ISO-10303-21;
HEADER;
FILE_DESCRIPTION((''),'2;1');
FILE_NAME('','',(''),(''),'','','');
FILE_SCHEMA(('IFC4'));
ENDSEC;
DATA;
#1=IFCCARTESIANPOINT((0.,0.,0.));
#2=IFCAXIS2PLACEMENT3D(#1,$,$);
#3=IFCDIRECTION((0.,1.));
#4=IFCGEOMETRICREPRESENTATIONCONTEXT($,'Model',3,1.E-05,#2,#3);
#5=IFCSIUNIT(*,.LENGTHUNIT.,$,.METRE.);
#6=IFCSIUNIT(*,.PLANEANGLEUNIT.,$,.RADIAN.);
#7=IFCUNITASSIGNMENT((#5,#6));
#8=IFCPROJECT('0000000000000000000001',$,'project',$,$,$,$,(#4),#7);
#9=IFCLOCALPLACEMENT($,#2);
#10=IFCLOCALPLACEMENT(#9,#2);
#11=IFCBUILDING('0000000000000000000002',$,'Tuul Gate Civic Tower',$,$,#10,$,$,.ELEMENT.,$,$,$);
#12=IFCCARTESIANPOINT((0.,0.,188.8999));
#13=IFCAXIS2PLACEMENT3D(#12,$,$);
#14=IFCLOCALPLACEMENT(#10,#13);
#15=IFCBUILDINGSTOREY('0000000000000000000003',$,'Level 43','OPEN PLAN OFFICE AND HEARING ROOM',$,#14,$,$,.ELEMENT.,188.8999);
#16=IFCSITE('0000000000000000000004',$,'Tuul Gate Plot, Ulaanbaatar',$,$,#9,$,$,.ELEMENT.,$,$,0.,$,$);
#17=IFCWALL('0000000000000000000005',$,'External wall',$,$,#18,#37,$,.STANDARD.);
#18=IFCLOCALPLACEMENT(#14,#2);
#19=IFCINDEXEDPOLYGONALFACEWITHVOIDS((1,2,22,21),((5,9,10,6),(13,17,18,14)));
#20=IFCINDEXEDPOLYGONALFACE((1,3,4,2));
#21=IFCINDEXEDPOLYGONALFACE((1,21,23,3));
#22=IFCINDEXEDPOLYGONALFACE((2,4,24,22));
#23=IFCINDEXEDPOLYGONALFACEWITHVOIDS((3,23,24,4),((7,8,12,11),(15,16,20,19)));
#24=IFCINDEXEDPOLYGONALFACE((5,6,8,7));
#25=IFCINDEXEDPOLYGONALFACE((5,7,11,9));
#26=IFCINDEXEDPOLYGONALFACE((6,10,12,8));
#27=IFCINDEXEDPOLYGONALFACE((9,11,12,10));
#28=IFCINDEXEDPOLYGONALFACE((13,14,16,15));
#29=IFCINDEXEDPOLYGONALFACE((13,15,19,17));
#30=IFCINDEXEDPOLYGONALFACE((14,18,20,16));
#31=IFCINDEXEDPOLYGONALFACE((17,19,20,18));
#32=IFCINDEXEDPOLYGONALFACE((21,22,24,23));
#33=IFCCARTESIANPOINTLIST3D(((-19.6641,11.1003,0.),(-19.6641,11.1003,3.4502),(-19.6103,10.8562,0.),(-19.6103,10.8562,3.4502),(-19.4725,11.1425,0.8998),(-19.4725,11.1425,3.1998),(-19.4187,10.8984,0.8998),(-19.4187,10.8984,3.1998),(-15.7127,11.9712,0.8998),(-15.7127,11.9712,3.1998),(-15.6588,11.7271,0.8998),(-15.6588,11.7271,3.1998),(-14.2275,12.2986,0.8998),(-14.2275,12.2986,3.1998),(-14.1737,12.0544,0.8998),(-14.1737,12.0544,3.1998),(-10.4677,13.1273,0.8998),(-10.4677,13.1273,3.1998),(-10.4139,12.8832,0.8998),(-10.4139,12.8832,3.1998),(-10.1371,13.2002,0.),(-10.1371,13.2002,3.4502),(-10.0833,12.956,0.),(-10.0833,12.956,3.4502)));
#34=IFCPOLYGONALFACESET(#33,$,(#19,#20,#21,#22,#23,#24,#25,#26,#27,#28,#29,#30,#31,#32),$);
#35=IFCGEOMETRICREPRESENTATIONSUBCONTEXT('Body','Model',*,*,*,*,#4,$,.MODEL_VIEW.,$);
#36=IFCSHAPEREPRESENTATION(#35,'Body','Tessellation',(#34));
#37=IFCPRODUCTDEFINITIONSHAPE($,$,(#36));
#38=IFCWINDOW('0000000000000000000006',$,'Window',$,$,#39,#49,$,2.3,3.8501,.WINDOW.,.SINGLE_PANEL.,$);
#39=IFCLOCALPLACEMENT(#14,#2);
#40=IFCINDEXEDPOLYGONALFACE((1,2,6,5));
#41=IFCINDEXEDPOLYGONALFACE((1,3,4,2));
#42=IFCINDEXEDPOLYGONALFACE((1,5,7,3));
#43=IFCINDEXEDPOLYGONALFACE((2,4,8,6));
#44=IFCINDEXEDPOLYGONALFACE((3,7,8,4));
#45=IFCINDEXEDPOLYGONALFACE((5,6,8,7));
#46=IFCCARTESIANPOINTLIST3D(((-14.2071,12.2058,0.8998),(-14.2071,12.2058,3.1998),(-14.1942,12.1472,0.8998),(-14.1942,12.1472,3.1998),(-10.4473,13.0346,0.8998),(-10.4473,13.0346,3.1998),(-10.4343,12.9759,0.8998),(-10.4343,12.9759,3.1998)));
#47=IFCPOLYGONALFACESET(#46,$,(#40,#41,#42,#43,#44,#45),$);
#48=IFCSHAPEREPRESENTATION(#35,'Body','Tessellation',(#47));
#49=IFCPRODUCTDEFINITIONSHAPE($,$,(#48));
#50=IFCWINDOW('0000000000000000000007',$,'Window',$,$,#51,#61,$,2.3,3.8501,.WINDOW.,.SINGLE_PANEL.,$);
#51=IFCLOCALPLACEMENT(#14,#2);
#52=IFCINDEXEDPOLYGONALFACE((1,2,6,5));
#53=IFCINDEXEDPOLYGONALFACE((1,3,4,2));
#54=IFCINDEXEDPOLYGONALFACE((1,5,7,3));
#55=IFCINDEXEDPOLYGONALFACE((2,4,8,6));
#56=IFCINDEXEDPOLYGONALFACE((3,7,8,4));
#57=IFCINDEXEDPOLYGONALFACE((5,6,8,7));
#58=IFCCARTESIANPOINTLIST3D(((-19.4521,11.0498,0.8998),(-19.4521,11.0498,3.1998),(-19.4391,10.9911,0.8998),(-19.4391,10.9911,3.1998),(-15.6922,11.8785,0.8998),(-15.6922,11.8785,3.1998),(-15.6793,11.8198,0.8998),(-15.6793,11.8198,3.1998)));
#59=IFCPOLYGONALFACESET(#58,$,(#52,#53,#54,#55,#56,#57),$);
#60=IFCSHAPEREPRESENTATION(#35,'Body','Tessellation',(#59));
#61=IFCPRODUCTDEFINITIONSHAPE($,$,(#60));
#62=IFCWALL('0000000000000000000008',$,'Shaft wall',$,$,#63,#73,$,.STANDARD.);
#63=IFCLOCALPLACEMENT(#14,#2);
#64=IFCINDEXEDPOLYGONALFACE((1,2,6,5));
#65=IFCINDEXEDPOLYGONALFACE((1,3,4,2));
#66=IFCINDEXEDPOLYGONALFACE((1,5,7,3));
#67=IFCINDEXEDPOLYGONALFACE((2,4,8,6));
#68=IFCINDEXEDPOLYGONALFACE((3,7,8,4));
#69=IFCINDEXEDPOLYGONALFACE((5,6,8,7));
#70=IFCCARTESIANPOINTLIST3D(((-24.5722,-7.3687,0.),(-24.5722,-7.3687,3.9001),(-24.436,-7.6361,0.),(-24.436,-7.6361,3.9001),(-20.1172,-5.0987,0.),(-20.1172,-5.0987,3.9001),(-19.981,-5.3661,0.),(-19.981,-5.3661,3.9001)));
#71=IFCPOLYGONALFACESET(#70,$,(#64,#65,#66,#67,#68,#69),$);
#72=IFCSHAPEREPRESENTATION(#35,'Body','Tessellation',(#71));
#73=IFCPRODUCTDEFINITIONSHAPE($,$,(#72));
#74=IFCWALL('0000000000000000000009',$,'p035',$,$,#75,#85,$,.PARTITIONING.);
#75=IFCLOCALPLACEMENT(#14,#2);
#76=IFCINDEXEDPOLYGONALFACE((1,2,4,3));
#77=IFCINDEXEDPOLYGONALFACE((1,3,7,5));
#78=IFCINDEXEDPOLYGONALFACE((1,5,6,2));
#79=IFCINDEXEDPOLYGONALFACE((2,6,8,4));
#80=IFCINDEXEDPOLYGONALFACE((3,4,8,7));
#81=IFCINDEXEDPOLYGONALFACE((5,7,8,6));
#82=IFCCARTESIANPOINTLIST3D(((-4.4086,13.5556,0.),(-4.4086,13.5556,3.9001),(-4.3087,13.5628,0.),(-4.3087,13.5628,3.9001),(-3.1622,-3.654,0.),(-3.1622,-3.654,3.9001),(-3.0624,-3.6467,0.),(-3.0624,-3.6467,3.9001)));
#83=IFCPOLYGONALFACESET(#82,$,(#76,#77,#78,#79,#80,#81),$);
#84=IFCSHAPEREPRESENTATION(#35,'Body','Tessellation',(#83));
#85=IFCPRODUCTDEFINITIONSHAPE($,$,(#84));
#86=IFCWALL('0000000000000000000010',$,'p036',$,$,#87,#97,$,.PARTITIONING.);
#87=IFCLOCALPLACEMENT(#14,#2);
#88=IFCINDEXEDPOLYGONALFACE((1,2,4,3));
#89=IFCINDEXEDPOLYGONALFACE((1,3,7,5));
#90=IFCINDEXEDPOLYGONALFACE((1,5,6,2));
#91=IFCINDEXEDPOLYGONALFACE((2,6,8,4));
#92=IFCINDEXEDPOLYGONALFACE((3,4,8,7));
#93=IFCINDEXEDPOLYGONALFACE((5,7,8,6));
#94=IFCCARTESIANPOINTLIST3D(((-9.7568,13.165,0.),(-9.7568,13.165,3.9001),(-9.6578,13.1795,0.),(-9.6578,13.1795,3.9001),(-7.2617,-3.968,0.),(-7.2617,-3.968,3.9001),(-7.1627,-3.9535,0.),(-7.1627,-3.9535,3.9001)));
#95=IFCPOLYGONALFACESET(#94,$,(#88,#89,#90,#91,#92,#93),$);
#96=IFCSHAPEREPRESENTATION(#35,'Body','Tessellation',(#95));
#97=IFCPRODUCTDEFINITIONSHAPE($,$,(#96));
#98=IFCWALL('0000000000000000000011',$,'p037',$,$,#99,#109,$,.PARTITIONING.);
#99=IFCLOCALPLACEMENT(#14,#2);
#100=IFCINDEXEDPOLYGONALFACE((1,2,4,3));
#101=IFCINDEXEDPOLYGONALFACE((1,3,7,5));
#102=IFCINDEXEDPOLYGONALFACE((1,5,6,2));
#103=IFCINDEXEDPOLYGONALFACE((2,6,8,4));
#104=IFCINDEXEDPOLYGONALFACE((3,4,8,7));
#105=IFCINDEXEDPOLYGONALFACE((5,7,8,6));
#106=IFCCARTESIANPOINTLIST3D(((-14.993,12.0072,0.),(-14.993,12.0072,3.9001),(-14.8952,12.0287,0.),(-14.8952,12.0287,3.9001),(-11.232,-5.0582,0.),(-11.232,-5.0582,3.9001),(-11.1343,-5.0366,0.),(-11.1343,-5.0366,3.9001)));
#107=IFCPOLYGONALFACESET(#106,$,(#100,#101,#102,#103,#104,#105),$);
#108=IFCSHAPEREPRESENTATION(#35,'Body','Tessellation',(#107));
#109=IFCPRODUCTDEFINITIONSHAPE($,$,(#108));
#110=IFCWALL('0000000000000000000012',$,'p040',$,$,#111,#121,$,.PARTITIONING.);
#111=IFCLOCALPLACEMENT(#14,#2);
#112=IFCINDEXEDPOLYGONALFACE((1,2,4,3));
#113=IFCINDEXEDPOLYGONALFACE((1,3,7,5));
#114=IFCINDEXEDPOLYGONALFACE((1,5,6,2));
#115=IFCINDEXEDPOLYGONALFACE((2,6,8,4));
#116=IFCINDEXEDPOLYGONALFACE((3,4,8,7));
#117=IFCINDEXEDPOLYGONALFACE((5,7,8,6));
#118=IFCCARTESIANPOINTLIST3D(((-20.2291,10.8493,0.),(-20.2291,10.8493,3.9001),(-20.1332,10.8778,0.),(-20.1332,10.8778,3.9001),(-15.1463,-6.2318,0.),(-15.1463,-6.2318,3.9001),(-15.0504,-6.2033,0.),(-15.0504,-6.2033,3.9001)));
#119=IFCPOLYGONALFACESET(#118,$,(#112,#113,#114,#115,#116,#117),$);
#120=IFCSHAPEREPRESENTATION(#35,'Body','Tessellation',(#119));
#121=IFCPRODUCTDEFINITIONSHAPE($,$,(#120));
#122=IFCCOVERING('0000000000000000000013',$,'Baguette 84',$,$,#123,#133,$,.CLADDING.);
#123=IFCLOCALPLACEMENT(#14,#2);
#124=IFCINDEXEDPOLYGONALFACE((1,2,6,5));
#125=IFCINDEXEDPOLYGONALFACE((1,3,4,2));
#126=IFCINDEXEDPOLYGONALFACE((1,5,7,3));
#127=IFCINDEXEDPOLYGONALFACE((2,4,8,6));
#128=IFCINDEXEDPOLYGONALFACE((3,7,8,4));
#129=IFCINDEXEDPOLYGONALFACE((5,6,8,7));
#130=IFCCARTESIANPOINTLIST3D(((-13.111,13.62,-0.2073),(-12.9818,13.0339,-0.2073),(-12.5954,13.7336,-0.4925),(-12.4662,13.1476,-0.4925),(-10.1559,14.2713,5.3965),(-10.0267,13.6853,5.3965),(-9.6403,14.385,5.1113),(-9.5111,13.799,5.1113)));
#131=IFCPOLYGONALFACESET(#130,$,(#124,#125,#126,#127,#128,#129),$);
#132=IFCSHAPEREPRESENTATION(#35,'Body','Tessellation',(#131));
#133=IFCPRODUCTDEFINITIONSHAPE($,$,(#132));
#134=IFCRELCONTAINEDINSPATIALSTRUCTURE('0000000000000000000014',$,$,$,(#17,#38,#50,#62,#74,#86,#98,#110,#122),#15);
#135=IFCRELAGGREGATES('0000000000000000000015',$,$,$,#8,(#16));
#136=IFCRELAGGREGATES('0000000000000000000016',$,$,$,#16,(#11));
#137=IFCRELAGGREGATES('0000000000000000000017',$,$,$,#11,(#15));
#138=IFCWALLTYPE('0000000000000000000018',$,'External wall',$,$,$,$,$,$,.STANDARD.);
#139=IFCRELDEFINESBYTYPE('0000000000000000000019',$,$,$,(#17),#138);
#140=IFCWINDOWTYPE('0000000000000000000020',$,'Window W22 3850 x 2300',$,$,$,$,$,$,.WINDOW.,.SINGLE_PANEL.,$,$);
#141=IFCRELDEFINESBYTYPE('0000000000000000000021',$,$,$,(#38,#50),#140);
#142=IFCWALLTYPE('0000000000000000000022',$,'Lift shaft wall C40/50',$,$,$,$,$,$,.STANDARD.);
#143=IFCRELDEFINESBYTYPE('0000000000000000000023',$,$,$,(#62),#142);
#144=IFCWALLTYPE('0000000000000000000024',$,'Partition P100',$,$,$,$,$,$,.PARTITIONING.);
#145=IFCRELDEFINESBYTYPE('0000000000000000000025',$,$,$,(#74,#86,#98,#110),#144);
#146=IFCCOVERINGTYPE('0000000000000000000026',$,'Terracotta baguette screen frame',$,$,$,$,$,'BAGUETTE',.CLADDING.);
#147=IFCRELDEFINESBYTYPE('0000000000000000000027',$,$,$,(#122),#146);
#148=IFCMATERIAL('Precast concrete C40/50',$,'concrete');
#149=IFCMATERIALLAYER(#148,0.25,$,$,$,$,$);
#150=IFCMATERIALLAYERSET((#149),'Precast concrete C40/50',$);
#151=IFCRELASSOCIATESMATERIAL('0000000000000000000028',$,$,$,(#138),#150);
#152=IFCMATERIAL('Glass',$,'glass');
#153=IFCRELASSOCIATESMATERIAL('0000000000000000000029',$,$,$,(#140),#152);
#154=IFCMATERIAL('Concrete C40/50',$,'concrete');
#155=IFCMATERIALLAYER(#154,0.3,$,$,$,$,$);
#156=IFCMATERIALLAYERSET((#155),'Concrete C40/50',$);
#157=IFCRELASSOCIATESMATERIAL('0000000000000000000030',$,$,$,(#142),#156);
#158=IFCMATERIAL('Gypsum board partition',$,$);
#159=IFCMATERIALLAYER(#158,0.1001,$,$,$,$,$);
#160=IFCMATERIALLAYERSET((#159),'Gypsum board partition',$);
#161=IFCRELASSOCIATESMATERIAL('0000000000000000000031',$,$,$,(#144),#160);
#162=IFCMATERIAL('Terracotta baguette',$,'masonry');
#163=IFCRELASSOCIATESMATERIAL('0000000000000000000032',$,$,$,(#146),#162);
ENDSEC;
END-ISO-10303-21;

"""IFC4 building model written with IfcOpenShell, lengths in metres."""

from ifc_helpers import new_model, si_unit, direction, frame, frame_2d, origin, origin_2d, place, context, subcontext, project, spatial, rectangle, extrude, material, layer, layer_set, material_profile, profile_set, type_object, element, fill, save


model = new_model("IFC4")

# Units and contexts
model_context = context("Model", 3, precision=1e-05, world=origin(), true_north=direction((0.0, 1.0)))
body_context = subcontext(model_context, "Body", "Model", "MODEL_VIEW")
ifc_project = project(units=[si_unit("LENGTHUNIT", "METRE"), si_unit("PLANEANGLEUNIT", "RADIAN")], contexts=[model_context])

# Site, building, storey
site_placement = place(None, origin())
site = spatial("IfcSite", under=ifc_project, at=site_placement, Name="Tuul Gate Plot, Ulaanbaatar", CompositionType="ELEMENT", RefElevation=0.0)
building_placement = place(site_placement, origin())
building = spatial("IfcBuilding", under=site, at=building_placement, Name="Tuul Gate Civic Tower", CompositionType="ELEMENT")
storey_placement = place(building_placement, frame((0.0, 0.0, 188.8999)))
storey = spatial("IfcBuildingStorey", under=building, at=storey_placement, Name="Level 43", Description="OPEN PLAN OFFICE AND HEARING ROOM", CompositionType="ELEMENT", Elevation=188.8999)

# Wall, openings, windows
ifc_material_1 = material(Name="Precast concrete C40/50", Category="concrete")
ifc_layer_1 = layer(ifc_material_1, 0.25)
ifc_layer_set_1 = layer_set([ifc_layer_1], Name="Precast concrete C40/50")
wall_type_1 = type_object("IfcWallType", Name="External wall", PredefinedType="STANDARD", material=ifc_layer_set_1)
wall_1_placement = place(storey_placement, frame((-10.1101, 13.0781, 0.0), z_axis=(0.0, 0.0, 1.0), x_axis=(-0.97656, -0.215248, 0.0)))
wall_1 = element("IfcWall", 1, at=wall_1_placement, inside=storey, type_object=wall_type_1, Name="External wall", PredefinedType="STANDARD", context=body_context, shape_type="SweptSolid", body=[
    extrude(rectangle(XDim=9.7556, YDim=0.25, at=frame_2d((4.8779, 0.0))), origin(), (0.0, 0.0, 1.0), 3.4502),
])
opening_1_placement = place(wall_1_placement, frame((0.3386, 0.0, 0.8999)))
opening_1 = element("IfcOpeningElement", 2, at=opening_1_placement, cuts=wall_1, PredefinedType="OPENING", context=body_context, shape_type="SweptSolid", body=[
    extrude(rectangle(XDim=3.8501, YDim=2.3, at=frame_2d((1.925, 1.1499))), frame((0.0, 0.135, 0.0), z_axis=(0.0, -1.0, 0.0), x_axis=(1.0, 0.0, 0.0)), (0.0, 0.0, 1.0), 0.27),
])
opening_2_placement = place(wall_1_placement, frame((5.7095, 0.0, 0.8999)))
opening_2 = element("IfcOpeningElement", 3, at=opening_2_placement, cuts=wall_1, PredefinedType="OPENING", context=body_context, shape_type="SweptSolid", body=[
    extrude(rectangle(XDim=3.8501, YDim=2.3, at=frame_2d((1.925, 1.1499))), frame((0.0, 0.135, 0.0), z_axis=(0.0, -1.0, 0.0), x_axis=(1.0, 0.0, 0.0)), (0.0, 0.0, 1.0), 0.27),
])
ifc_material_2 = material(Name="Glass", Category="glass")
window_type = type_object("IfcWindowType", Name="Window W22 3850 x 2300", PartitioningType="SINGLE_PANEL", PredefinedType="WINDOW", material=ifc_material_2)
window_1_placement = place(opening_1_placement, origin())
window_1 = element("IfcWindow", 4, at=window_1_placement, inside=storey, type_object=window_type, Name="Window", OverallHeight=2.3, OverallWidth=3.8501, PartitioningType="SINGLE_PANEL", PredefinedType="WINDOW", context=body_context, shape_type="SweptSolid", body=[
    extrude(rectangle(XDim=3.8501, YDim=2.3, at=frame_2d((1.925, 1.1499))), frame((0.0, 0.03, 0.0), z_axis=(0.0, -1.0, 0.0), x_axis=(1.0, 0.0, 0.0)), (0.0, 0.0, 1.0), 0.0601),
])
fill(opening_1, window_1)
window_2_placement = place(opening_2_placement, origin())
window_2 = element("IfcWindow", 5, at=window_2_placement, inside=storey, type_object=window_type, Name="Window", OverallHeight=2.3, OverallWidth=3.8501, PartitioningType="SINGLE_PANEL", PredefinedType="WINDOW", context=body_context, shape_type="SweptSolid", body=[
    extrude(rectangle(XDim=3.8501, YDim=2.3, at=frame_2d((1.925, 1.1499))), frame((0.0, 0.03, 0.0), z_axis=(0.0, -1.0, 0.0), x_axis=(1.0, 0.0, 0.0)), (0.0, 0.0, 1.0), 0.0601),
])
fill(opening_2, window_2)

# Walls
ifc_material_3 = material(Name="Concrete C40/50", Category="concrete")
ifc_layer_2 = layer(ifc_material_3, 0.3)
ifc_layer_set_2 = layer_set([ifc_layer_2], Name="Concrete C40/50")
wall_type_2 = type_object("IfcWallType", Name="Lift shaft wall C40/50", PredefinedType="STANDARD", material=ifc_layer_set_2)
wall_2_placement = place(storey_placement, frame((-20.0491, -5.2324, 0.0), z_axis=(0.0, 0.0, 1.0), x_axis=(-0.891003, -0.453997, 0.0)))
element("IfcWall", 6, at=wall_2_placement, inside=storey, type_object=wall_type_2, Name="Shaft wall", PredefinedType="STANDARD", context=body_context, shape_type="SweptSolid", body=[
    extrude(rectangle(XDim=5.0, YDim=0.3, at=frame_2d((2.5, 0.0))), origin(), (0.0, 0.0, 1.0), 3.9001),
])
ifc_material_4 = material(Name="Gypsum board partition")
ifc_layer_3 = layer(ifc_material_4, 0.1001)
ifc_layer_set_3 = layer_set([ifc_layer_3], Name="Gypsum board partition")
wall_type_3 = type_object("IfcWallType", Name="Partition P100", PredefinedType="PARTITIONING", material=ifc_layer_set_3)
wall_3_placement = place(storey_placement, frame((-4.3586, 13.5593, 0.0), z_axis=(0.0, 0.0, 1.0), x_axis=(0.072232, -0.997388, 0.0)))
element("IfcWall", 7, at=wall_3_placement, inside=storey, type_object=wall_type_3, Name="p035", PredefinedType="PARTITIONING", context=body_context, shape_type="SweptSolid", body=[
    extrude(rectangle(XDim=17.2546, YDim=0.1001, at=frame_2d((8.6274, 0.0))), origin(), (0.0, 0.0, 1.0), 3.9001),
])
wall_4_placement = place(storey_placement, frame((-9.7073, 13.1721, 0.0), z_axis=(0.0, 0.0, 1.0), x_axis=(0.144112, -0.989561, 0.0)))
element("IfcWall", 8, at=wall_4_placement, inside=storey, type_object=wall_type_3, Name="p036", PredefinedType="PARTITIONING", context=body_context, shape_type="SweptSolid", body=[
    extrude(rectangle(XDim=17.3137, YDim=0.1001, at=frame_2d((8.6567, 0.0))), origin(), (0.0, 0.0, 1.0), 3.9001),
])
wall_5_placement = place(storey_placement, frame((-14.9441, 12.0178, 0.0), z_axis=(0.0, 0.0, 1.0), x_axis=(0.215222, -0.976565, 0.0)))
element("IfcWall", 9, at=wall_5_placement, inside=storey, type_object=wall_type_3, Name="p037", PredefinedType="PARTITIONING", context=body_context, shape_type="SweptSolid", body=[
    extrude(rectangle(XDim=17.4749, YDim=0.1001, at=frame_2d((8.7373, 0.0))), origin(), (0.0, 0.0, 1.0), 3.9001),
])
wall_6_placement = place(storey_placement, frame((-20.1812, 10.8635, 0.0), z_axis=(0.0, 0.0, 1.0), x_axis=(0.285208, -0.958466, 0.0)))
element("IfcWall", 10, at=wall_6_placement, inside=storey, type_object=wall_type_3, Name="p040", PredefinedType="PARTITIONING", context=body_context, shape_type="SweptSolid", body=[
    extrude(rectangle(XDim=17.8213, YDim=0.1001, at=frame_2d((8.9106, 0.0))), origin(), (0.0, 0.0, 1.0), 3.9001),
])

# Covering
ifc_material_5 = material(Name="Terracotta baguette", Category="masonry")
ifc_material_profile_1 = material_profile(ifc_material_5, rectangle(XDim=0.6001, YDim=0.6001, at=origin_2d()), Name="Terracotta baguette screen frame")
ifc_profile_set_1 = profile_set([ifc_material_profile_1], Name="Terracotta baguette")
covering_type = type_object("IfcCoveringType", Name="Terracotta baguette screen frame", ElementType="BAGUETTE", PredefinedType="CLADDING", material=ifc_profile_set_1)
covering_placement = place(storey_placement, frame((-9.8335, 14.0352, 5.2539), z_axis=(-0.464009, -0.102278, -0.879906), x_axis=(0.215256, -0.976558, 0.0)))
element("IfcCovering", 11, at=covering_placement, inside=storey, type_object=covering_type, Name="Baguette 84", PredefinedType="CLADDING", context=body_context, shape_type="SweptSolid", body=[
    extrude(rectangle(XDim=0.6001, YDim=0.6001, at=origin_2d()), origin(), (0.0, 0.0, 1.0), 6.3687),
])

save(model, "model.ifc")
